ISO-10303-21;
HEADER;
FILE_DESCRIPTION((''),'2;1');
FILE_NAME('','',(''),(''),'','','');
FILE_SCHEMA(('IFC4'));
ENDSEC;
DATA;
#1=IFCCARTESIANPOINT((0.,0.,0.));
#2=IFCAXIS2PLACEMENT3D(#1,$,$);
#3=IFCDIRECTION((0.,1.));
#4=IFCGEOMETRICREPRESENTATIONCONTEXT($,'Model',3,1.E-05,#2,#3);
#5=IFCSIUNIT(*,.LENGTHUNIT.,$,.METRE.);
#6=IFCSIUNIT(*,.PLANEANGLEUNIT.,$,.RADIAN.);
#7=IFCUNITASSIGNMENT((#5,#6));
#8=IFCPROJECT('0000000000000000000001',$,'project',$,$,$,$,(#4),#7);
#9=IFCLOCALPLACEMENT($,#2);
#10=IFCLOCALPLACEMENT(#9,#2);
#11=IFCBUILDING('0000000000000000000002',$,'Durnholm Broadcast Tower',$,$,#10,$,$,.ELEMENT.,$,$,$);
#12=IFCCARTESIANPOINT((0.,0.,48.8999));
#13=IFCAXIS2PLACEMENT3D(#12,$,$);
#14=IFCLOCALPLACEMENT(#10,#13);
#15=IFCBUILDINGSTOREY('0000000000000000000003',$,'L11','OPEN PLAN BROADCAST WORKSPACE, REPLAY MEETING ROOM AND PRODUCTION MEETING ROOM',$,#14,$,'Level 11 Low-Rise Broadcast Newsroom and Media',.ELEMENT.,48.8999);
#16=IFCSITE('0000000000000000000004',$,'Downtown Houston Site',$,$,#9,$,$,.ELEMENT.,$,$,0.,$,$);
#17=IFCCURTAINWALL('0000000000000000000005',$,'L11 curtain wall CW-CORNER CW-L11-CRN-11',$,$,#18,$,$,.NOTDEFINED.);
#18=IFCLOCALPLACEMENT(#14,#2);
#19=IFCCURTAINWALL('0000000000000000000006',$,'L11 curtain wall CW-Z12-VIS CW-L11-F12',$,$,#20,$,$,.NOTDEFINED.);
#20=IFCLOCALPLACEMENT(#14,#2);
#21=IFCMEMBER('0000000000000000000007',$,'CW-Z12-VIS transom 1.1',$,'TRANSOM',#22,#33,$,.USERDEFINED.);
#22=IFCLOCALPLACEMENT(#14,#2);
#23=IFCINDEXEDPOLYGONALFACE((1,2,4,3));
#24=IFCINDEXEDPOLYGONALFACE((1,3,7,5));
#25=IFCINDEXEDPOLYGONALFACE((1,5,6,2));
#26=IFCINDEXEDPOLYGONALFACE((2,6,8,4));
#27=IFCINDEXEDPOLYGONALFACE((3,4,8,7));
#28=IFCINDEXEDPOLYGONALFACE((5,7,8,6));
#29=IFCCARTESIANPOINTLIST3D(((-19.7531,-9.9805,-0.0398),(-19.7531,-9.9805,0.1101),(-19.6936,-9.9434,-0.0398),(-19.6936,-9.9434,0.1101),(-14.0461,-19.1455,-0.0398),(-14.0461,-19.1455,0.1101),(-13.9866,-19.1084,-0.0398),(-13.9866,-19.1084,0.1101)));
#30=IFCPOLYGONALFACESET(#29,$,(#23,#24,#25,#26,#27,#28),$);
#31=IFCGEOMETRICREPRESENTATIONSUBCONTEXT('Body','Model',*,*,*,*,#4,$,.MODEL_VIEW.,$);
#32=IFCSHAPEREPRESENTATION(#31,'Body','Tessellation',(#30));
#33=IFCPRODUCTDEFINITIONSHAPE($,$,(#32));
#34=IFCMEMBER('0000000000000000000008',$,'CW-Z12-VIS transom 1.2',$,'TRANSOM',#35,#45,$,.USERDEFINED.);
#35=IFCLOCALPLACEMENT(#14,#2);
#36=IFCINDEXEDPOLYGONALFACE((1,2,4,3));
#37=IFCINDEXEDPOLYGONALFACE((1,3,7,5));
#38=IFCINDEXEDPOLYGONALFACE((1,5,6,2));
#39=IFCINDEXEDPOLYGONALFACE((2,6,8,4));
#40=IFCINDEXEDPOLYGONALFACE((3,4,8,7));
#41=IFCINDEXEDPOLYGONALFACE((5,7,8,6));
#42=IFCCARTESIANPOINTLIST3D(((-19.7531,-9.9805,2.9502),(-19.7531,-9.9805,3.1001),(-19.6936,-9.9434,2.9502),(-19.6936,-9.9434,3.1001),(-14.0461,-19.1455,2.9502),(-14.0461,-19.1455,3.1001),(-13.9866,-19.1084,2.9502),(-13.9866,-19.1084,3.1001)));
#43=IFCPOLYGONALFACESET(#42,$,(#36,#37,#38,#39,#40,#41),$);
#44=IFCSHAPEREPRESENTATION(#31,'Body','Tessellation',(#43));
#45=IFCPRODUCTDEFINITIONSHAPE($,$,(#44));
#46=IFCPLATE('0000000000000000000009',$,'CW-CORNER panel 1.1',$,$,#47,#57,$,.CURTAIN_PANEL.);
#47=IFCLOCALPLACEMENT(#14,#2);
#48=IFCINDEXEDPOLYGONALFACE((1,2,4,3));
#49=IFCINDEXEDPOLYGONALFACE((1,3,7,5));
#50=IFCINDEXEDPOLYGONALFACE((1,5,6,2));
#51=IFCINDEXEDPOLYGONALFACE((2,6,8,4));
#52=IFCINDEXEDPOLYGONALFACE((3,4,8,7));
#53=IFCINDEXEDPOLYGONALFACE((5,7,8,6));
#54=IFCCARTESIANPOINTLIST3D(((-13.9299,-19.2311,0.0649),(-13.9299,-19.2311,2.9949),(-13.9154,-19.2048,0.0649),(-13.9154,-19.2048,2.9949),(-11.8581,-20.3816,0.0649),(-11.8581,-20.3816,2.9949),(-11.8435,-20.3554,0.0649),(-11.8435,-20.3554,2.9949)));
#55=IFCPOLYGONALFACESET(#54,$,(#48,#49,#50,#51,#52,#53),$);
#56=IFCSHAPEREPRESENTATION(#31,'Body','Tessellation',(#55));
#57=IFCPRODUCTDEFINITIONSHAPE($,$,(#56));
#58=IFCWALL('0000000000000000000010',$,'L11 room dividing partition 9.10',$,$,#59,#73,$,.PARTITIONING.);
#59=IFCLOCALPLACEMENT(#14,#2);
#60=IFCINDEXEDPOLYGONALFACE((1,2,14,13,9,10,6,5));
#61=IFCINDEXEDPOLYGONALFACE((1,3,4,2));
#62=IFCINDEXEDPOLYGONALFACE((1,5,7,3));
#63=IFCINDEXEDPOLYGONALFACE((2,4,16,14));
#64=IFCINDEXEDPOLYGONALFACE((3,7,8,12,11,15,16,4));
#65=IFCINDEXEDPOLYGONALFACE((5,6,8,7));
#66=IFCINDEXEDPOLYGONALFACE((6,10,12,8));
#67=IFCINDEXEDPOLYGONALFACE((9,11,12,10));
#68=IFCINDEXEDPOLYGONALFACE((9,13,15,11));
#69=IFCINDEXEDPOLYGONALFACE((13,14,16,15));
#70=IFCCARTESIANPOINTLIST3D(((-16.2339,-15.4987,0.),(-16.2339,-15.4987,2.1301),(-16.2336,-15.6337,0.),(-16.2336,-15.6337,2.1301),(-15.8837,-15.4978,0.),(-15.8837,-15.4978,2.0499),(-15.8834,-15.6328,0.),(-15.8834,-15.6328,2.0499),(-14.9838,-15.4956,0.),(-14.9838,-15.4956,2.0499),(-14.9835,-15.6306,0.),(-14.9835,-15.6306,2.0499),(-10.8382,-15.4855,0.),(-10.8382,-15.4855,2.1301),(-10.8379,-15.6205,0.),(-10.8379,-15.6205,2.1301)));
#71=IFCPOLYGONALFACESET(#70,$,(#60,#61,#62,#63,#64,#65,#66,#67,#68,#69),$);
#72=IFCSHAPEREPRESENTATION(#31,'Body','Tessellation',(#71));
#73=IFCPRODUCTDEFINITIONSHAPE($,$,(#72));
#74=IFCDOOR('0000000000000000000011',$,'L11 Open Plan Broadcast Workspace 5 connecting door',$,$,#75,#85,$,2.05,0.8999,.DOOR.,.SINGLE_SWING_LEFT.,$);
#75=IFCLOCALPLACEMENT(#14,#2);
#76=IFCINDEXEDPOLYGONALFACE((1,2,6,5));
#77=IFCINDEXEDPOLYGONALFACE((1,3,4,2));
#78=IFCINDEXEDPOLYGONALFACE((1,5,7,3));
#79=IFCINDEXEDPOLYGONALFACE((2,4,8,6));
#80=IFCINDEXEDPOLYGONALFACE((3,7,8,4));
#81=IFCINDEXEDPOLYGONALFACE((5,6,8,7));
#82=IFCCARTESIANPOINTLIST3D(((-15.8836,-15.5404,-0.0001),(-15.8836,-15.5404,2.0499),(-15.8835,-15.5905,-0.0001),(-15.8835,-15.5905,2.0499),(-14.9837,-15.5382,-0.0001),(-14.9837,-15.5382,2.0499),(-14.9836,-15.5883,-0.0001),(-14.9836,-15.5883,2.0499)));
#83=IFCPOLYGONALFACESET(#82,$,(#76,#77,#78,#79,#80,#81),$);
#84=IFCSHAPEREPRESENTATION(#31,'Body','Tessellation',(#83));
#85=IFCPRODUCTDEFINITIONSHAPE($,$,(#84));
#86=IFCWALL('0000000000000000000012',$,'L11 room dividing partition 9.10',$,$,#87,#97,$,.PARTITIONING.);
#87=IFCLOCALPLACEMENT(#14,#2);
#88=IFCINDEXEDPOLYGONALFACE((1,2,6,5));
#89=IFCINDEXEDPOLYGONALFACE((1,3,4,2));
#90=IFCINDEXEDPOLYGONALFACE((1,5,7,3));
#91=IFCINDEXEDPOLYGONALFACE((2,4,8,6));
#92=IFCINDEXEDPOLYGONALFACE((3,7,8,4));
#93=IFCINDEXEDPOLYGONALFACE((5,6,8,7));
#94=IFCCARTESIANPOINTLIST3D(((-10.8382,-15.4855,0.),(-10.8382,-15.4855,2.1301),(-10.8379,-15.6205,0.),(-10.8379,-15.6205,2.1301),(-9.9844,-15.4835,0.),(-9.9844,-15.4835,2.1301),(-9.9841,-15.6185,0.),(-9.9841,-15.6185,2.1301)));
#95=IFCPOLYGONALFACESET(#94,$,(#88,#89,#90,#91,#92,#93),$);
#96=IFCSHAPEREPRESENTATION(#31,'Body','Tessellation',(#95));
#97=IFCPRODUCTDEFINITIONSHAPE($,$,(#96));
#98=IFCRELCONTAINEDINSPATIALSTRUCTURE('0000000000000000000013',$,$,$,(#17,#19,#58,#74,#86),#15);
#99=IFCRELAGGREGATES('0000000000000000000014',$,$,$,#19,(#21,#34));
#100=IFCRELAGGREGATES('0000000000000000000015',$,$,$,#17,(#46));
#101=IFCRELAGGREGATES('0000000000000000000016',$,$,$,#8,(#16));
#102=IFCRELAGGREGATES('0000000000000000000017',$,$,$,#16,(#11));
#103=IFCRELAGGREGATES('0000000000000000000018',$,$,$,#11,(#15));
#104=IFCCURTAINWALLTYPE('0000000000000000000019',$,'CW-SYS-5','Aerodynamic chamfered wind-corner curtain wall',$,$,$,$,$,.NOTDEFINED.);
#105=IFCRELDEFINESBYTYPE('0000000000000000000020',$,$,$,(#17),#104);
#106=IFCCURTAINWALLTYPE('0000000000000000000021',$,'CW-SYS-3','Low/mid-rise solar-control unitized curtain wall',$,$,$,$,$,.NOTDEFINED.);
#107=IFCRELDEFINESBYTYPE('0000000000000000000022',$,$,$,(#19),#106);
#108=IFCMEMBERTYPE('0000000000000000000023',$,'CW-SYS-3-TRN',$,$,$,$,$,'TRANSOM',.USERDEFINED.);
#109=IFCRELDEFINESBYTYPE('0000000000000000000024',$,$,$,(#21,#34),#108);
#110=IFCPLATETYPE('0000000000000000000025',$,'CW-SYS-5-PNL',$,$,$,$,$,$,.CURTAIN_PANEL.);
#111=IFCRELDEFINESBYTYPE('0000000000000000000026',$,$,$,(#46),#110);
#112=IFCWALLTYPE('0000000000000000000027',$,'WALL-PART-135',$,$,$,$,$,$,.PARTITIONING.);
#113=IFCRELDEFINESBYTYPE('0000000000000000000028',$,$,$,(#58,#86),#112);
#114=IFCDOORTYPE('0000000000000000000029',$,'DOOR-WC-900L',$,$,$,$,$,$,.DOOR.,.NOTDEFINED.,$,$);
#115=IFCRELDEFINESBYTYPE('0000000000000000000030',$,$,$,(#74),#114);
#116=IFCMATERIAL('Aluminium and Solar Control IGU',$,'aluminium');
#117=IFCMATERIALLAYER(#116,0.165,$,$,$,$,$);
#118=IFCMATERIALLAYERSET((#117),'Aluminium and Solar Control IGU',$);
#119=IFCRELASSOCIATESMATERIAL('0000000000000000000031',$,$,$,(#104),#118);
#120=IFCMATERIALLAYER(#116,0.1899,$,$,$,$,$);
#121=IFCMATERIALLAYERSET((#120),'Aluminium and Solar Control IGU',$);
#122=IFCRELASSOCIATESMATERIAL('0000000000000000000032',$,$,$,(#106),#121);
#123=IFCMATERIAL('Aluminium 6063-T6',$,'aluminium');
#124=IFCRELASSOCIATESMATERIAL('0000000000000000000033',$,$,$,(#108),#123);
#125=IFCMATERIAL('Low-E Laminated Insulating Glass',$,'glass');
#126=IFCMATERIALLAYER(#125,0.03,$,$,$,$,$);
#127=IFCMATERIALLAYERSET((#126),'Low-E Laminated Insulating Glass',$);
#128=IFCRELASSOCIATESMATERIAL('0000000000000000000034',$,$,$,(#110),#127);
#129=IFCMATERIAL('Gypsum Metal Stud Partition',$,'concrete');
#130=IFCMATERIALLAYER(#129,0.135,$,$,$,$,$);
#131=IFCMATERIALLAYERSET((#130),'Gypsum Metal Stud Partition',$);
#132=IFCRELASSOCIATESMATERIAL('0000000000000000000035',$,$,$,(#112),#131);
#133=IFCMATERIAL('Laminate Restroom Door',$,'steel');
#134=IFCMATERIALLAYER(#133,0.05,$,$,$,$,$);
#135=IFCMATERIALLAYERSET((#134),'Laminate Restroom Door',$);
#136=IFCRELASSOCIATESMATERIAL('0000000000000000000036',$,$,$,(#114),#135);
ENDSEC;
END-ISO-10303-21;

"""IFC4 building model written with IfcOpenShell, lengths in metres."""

from ifc_helpers import new_model, si_unit, direction, frame, frame_2d, origin, origin_2d, place, context, subcontext, project, spatial, rectangle, extrude, source, transform, mapped, material, layer, layer_set, material_profile, profile_set, type_object, type_shapes, element, fill, aggregate, save


model = new_model("IFC4")

# Units and contexts
model_context = context("Model", 3, precision=1e-05, world=origin(), true_north=direction((0.0, 1.0)))
body_context = subcontext(model_context, "Body", "Model", "MODEL_VIEW")
ifc_project = project(units=[si_unit("LENGTHUNIT", "METRE"), si_unit("PLANEANGLEUNIT", "RADIAN")], contexts=[model_context])

# Site, building, storey
site_placement = place(None, origin())
site = spatial("IfcSite", under=ifc_project, at=site_placement, Name="Downtown Houston Site", CompositionType="ELEMENT", RefElevation=0.0)
building_placement = place(site_placement, origin())
building = spatial("IfcBuilding", under=site, at=building_placement, Name="Durnholm Broadcast Tower", CompositionType="ELEMENT")
storey_placement = place(building_placement, frame((0.0, 0.0, 48.8999)))
storey = spatial("IfcBuildingStorey", under=building, at=storey_placement, Name="L11", Description="OPEN PLAN BROADCAST WORKSPACE, REPLAY MEETING ROOM AND PRODUCTION MEETING ROOM", LongName="Level 11 Low-Rise Broadcast Newsroom and Media", CompositionType="ELEMENT", Elevation=48.8999)

# Curtain wall
ifc_material_1 = material(Name="Aluminium and Solar Control IGU", Category="aluminium")
ifc_layer_1 = layer(ifc_material_1, 0.165)
ifc_layer_set_1 = layer_set([ifc_layer_1], Name="Aluminium and Solar Control IGU")
curtain_wall_type_1 = type_object("IfcCurtainWallType", Name="CW-SYS-5", Description="Aerodynamic chamfered wind-corner curtain wall", PredefinedType="NOTDEFINED", material=ifc_layer_set_1)
curtain_wall_1_placement = place(storey_placement, origin())
curtain_wall_1 = element("IfcCurtainWall", 1, at=curtain_wall_1_placement, inside=storey, type_object=curtain_wall_type_1, Name="L11 curtain wall CW-CORNER CW-L11-CRN-11", PredefinedType="NOTDEFINED")
ifc_material_2 = material(Name="Aluminium 6063-T6", Category="aluminium")

# Shared definitions
ifc_layer_2 = layer(ifc_material_1, 0.1899)
ifc_layer_set_2 = layer_set([ifc_layer_2], Name="Aluminium and Solar Control IGU")
curtain_wall_type_2 = type_object("IfcCurtainWallType", Name="CW-SYS-3", Description="Low/mid-rise solar-control unitized curtain wall", PredefinedType="NOTDEFINED", material=ifc_layer_set_2)

# Curtain wall, members
curtain_wall_2_placement = place(storey_placement, origin())
curtain_wall_2 = element("IfcCurtainWall", 2, at=curtain_wall_2_placement, inside=storey, type_object=curtain_wall_type_2, Name="L11 curtain wall CW-Z12-VIS CW-L11-F12", PredefinedType="NOTDEFINED")
ifc_material_profile_1 = material_profile(ifc_material_2, rectangle(XDim=0.0701, YDim=0.1499, at=origin_2d()), Name="CWT70X150")
ifc_profile_set_1 = profile_set([ifc_material_profile_1], Name="Aluminium 6063-T6")
member_type_1 = type_object("IfcMemberType", Name="CW-SYS-3-TRN", ElementType="TRANSOM", PredefinedType="USERDEFINED", material=ifc_profile_set_1)
shared_shape_1 = source(origin(), body_context, "Body", "SweptSolid", [
    extrude(rectangle(XDim=0.0701, YDim=0.1499, at=origin_2d()), origin(), (0.0, 0.0, 1.0), 10.7966),
])
type_shapes(member_type_1, [shared_shape_1])
member_1_placement = place(storey_placement, frame((-14.0164, -19.127, 0.0352), z_axis=(-0.528592, 0.848876, 0.0), x_axis=(-0.848876, -0.528592, 0.0)))
member_1 = element("IfcMember", 3, at=member_1_placement, type_object=member_type_1, Name="CW-Z12-VIS transom 1.1", ObjectType="TRANSOM", PredefinedType="USERDEFINED", context=body_context, shape_type="MappedRepresentation", body=[
    mapped(shared_shape_1, transform((0.0, 0.0, 0.0), x_axis=(1.0, 0.0, 0.0), y_axis=(0.0, 1.0, 0.0), z_axis=(0.0, 0.0, 1.0), scale=1.0)),
])
member_2_placement = place(storey_placement, frame((-14.0164, -19.127, 3.0251), z_axis=(-0.528592, 0.848876, 0.0), x_axis=(-0.848876, -0.528592, 0.0)))
member_2 = element("IfcMember", 4, at=member_2_placement, type_object=member_type_1, Name="CW-Z12-VIS transom 1.2", ObjectType="TRANSOM", PredefinedType="USERDEFINED", context=body_context, shape_type="MappedRepresentation", body=[
    mapped(shared_shape_1, transform((0.0, 0.0, 0.0), x_axis=(1.0, 0.0, 0.0), y_axis=(0.0, 1.0, 0.0), z_axis=(0.0, 0.0, 1.0), scale=1.0)),
])
aggregate(curtain_wall_2, [member_1, member_2])

# Plate
ifc_material_3 = material(Name="Low-E Laminated Insulating Glass", Category="glass")
ifc_layer_3 = layer(ifc_material_3, 0.03)
ifc_layer_set_3 = layer_set([ifc_layer_3], Name="Low-E Laminated Insulating Glass")
plate_type = type_object("IfcPlateType", Name="CW-SYS-5-PNL", PredefinedType="CURTAIN_PANEL", material=ifc_layer_set_3)
shared_shape_2 = source(origin(), body_context, "Body", "SweptSolid", [
    extrude(rectangle(XDim=2.3699, YDim=0.03, at=origin_2d()), origin(), (0.0, 0.0, 1.0), 2.9299),
])
type_shapes(plate_type, [shared_shape_2])
plate_placement = place(storey_placement, frame((-12.8867, -19.7932, 0.0649), z_axis=(0.0, 0.0, 1.0), x_axis=(-0.874246, 0.485483, 0.0)))
plate = element("IfcPlate", 5, at=plate_placement, type_object=plate_type, Name="CW-CORNER panel 1.1", PredefinedType="CURTAIN_PANEL", context=body_context, shape_type="MappedRepresentation", body=[
    mapped(shared_shape_2, transform((0.0, 0.0, 0.0), x_axis=(1.0, 0.0, 0.0), y_axis=(0.0, 1.0, 0.0), z_axis=(0.0, 0.0, 1.0), scale=1.0)),
])
aggregate(curtain_wall_1, [plate])

# Wall, opening, door
ifc_material_4 = material(Name="Gypsum Metal Stud Partition", Category="concrete")
ifc_layer_4 = layer(ifc_material_4, 0.135)
ifc_layer_set_4 = layer_set([ifc_layer_4], Name="Gypsum Metal Stud Partition")
wall_type = type_object("IfcWallType", Name="WALL-PART-135", PredefinedType="PARTITIONING", material=ifc_layer_set_4)
wall_1_placement = place(storey_placement, frame((-16.2336, -15.5662, 0.0), z_axis=(0.0, 0.0, 1.0), x_axis=(0.999997, 0.002443, 0.0)))
wall_1 = element("IfcWall", 6, at=wall_1_placement, inside=storey, type_object=wall_type, Name="L11 room dividing partition 9.10", PredefinedType="PARTITIONING", context=body_context, shape_type="SweptSolid", body=[
    extrude(rectangle(XDim=5.3958, YDim=0.135, at=frame_2d((2.6978, 0.0))), origin(), (0.0, 0.0, 1.0), 2.1301),
])
opening_placement = place(wall_1_placement, frame((0.3501, 0.0, 0.0)))
opening = element("IfcOpeningElement", 7, at=opening_placement, cuts=wall_1, PredefinedType="OPENING", context=body_context, shape_type="SweptSolid", body=[
    extrude(rectangle(XDim=0.8999, YDim=2.05, at=frame_2d((0.45, 1.0249))), frame((0.0, 0.0776, 0.0), z_axis=(0.0, -1.0, 0.0), x_axis=(1.0, 0.0, 0.0)), (0.0, 0.0, 1.0), 0.155),
])
ifc_material_5 = material(Name="Laminate Restroom Door", Category="steel")
ifc_layer_5 = layer(ifc_material_5, 0.05)
ifc_layer_set_5 = layer_set([ifc_layer_5], Name="Laminate Restroom Door")
door_type = type_object("IfcDoorType", Name="DOOR-WC-900L", OperationType="NOTDEFINED", PredefinedType="DOOR", material=ifc_layer_set_5)
shared_shape_3 = source(origin(), body_context, "Body", "SweptSolid", [
    extrude(rectangle(XDim=0.8999, YDim=2.05, at=frame_2d((0.45, 1.0249))), frame((0.0, 0.0249, 0.0), z_axis=(0.0, -1.0, 0.0), x_axis=(1.0, 0.0, 0.0)), (0.0, 0.0, 1.0), 0.05),
])
type_shapes(door_type, [shared_shape_3])
door_placement = place(opening_placement, origin())
door = element("IfcDoor", 8, at=door_placement, inside=storey, type_object=door_type, Name="L11 Open Plan Broadcast Workspace 5 connecting door", OperationType="SINGLE_SWING_LEFT", OverallHeight=2.05, OverallWidth=0.8999, PredefinedType="DOOR", context=body_context, shape_type="MappedRepresentation", body=[
    mapped(shared_shape_3, transform((0.0, 0.0, 0.0), x_axis=(1.0, 0.0, 0.0), y_axis=(0.0, 1.0, 0.0), z_axis=(0.0, 0.0, 1.0), scale=1.0)),
])
fill(opening, door)

# Wall
wall_2_placement = place(storey_placement, frame((-10.8379, -15.553, 0.0), z_axis=(0.0, 0.0, 1.0), x_axis=(0.999997, 0.002288, 0.0)))
element("IfcWall", 9, at=wall_2_placement, inside=storey, type_object=wall_type, Name="L11 room dividing partition 9.10", PredefinedType="PARTITIONING", context=body_context, shape_type="SweptSolid", body=[
    extrude(rectangle(XDim=0.8538, YDim=0.135, at=frame_2d((0.4268, 0.0))), origin(), (0.0, 0.0, 1.0), 2.1301),
])

save(model, "model.ifc")
